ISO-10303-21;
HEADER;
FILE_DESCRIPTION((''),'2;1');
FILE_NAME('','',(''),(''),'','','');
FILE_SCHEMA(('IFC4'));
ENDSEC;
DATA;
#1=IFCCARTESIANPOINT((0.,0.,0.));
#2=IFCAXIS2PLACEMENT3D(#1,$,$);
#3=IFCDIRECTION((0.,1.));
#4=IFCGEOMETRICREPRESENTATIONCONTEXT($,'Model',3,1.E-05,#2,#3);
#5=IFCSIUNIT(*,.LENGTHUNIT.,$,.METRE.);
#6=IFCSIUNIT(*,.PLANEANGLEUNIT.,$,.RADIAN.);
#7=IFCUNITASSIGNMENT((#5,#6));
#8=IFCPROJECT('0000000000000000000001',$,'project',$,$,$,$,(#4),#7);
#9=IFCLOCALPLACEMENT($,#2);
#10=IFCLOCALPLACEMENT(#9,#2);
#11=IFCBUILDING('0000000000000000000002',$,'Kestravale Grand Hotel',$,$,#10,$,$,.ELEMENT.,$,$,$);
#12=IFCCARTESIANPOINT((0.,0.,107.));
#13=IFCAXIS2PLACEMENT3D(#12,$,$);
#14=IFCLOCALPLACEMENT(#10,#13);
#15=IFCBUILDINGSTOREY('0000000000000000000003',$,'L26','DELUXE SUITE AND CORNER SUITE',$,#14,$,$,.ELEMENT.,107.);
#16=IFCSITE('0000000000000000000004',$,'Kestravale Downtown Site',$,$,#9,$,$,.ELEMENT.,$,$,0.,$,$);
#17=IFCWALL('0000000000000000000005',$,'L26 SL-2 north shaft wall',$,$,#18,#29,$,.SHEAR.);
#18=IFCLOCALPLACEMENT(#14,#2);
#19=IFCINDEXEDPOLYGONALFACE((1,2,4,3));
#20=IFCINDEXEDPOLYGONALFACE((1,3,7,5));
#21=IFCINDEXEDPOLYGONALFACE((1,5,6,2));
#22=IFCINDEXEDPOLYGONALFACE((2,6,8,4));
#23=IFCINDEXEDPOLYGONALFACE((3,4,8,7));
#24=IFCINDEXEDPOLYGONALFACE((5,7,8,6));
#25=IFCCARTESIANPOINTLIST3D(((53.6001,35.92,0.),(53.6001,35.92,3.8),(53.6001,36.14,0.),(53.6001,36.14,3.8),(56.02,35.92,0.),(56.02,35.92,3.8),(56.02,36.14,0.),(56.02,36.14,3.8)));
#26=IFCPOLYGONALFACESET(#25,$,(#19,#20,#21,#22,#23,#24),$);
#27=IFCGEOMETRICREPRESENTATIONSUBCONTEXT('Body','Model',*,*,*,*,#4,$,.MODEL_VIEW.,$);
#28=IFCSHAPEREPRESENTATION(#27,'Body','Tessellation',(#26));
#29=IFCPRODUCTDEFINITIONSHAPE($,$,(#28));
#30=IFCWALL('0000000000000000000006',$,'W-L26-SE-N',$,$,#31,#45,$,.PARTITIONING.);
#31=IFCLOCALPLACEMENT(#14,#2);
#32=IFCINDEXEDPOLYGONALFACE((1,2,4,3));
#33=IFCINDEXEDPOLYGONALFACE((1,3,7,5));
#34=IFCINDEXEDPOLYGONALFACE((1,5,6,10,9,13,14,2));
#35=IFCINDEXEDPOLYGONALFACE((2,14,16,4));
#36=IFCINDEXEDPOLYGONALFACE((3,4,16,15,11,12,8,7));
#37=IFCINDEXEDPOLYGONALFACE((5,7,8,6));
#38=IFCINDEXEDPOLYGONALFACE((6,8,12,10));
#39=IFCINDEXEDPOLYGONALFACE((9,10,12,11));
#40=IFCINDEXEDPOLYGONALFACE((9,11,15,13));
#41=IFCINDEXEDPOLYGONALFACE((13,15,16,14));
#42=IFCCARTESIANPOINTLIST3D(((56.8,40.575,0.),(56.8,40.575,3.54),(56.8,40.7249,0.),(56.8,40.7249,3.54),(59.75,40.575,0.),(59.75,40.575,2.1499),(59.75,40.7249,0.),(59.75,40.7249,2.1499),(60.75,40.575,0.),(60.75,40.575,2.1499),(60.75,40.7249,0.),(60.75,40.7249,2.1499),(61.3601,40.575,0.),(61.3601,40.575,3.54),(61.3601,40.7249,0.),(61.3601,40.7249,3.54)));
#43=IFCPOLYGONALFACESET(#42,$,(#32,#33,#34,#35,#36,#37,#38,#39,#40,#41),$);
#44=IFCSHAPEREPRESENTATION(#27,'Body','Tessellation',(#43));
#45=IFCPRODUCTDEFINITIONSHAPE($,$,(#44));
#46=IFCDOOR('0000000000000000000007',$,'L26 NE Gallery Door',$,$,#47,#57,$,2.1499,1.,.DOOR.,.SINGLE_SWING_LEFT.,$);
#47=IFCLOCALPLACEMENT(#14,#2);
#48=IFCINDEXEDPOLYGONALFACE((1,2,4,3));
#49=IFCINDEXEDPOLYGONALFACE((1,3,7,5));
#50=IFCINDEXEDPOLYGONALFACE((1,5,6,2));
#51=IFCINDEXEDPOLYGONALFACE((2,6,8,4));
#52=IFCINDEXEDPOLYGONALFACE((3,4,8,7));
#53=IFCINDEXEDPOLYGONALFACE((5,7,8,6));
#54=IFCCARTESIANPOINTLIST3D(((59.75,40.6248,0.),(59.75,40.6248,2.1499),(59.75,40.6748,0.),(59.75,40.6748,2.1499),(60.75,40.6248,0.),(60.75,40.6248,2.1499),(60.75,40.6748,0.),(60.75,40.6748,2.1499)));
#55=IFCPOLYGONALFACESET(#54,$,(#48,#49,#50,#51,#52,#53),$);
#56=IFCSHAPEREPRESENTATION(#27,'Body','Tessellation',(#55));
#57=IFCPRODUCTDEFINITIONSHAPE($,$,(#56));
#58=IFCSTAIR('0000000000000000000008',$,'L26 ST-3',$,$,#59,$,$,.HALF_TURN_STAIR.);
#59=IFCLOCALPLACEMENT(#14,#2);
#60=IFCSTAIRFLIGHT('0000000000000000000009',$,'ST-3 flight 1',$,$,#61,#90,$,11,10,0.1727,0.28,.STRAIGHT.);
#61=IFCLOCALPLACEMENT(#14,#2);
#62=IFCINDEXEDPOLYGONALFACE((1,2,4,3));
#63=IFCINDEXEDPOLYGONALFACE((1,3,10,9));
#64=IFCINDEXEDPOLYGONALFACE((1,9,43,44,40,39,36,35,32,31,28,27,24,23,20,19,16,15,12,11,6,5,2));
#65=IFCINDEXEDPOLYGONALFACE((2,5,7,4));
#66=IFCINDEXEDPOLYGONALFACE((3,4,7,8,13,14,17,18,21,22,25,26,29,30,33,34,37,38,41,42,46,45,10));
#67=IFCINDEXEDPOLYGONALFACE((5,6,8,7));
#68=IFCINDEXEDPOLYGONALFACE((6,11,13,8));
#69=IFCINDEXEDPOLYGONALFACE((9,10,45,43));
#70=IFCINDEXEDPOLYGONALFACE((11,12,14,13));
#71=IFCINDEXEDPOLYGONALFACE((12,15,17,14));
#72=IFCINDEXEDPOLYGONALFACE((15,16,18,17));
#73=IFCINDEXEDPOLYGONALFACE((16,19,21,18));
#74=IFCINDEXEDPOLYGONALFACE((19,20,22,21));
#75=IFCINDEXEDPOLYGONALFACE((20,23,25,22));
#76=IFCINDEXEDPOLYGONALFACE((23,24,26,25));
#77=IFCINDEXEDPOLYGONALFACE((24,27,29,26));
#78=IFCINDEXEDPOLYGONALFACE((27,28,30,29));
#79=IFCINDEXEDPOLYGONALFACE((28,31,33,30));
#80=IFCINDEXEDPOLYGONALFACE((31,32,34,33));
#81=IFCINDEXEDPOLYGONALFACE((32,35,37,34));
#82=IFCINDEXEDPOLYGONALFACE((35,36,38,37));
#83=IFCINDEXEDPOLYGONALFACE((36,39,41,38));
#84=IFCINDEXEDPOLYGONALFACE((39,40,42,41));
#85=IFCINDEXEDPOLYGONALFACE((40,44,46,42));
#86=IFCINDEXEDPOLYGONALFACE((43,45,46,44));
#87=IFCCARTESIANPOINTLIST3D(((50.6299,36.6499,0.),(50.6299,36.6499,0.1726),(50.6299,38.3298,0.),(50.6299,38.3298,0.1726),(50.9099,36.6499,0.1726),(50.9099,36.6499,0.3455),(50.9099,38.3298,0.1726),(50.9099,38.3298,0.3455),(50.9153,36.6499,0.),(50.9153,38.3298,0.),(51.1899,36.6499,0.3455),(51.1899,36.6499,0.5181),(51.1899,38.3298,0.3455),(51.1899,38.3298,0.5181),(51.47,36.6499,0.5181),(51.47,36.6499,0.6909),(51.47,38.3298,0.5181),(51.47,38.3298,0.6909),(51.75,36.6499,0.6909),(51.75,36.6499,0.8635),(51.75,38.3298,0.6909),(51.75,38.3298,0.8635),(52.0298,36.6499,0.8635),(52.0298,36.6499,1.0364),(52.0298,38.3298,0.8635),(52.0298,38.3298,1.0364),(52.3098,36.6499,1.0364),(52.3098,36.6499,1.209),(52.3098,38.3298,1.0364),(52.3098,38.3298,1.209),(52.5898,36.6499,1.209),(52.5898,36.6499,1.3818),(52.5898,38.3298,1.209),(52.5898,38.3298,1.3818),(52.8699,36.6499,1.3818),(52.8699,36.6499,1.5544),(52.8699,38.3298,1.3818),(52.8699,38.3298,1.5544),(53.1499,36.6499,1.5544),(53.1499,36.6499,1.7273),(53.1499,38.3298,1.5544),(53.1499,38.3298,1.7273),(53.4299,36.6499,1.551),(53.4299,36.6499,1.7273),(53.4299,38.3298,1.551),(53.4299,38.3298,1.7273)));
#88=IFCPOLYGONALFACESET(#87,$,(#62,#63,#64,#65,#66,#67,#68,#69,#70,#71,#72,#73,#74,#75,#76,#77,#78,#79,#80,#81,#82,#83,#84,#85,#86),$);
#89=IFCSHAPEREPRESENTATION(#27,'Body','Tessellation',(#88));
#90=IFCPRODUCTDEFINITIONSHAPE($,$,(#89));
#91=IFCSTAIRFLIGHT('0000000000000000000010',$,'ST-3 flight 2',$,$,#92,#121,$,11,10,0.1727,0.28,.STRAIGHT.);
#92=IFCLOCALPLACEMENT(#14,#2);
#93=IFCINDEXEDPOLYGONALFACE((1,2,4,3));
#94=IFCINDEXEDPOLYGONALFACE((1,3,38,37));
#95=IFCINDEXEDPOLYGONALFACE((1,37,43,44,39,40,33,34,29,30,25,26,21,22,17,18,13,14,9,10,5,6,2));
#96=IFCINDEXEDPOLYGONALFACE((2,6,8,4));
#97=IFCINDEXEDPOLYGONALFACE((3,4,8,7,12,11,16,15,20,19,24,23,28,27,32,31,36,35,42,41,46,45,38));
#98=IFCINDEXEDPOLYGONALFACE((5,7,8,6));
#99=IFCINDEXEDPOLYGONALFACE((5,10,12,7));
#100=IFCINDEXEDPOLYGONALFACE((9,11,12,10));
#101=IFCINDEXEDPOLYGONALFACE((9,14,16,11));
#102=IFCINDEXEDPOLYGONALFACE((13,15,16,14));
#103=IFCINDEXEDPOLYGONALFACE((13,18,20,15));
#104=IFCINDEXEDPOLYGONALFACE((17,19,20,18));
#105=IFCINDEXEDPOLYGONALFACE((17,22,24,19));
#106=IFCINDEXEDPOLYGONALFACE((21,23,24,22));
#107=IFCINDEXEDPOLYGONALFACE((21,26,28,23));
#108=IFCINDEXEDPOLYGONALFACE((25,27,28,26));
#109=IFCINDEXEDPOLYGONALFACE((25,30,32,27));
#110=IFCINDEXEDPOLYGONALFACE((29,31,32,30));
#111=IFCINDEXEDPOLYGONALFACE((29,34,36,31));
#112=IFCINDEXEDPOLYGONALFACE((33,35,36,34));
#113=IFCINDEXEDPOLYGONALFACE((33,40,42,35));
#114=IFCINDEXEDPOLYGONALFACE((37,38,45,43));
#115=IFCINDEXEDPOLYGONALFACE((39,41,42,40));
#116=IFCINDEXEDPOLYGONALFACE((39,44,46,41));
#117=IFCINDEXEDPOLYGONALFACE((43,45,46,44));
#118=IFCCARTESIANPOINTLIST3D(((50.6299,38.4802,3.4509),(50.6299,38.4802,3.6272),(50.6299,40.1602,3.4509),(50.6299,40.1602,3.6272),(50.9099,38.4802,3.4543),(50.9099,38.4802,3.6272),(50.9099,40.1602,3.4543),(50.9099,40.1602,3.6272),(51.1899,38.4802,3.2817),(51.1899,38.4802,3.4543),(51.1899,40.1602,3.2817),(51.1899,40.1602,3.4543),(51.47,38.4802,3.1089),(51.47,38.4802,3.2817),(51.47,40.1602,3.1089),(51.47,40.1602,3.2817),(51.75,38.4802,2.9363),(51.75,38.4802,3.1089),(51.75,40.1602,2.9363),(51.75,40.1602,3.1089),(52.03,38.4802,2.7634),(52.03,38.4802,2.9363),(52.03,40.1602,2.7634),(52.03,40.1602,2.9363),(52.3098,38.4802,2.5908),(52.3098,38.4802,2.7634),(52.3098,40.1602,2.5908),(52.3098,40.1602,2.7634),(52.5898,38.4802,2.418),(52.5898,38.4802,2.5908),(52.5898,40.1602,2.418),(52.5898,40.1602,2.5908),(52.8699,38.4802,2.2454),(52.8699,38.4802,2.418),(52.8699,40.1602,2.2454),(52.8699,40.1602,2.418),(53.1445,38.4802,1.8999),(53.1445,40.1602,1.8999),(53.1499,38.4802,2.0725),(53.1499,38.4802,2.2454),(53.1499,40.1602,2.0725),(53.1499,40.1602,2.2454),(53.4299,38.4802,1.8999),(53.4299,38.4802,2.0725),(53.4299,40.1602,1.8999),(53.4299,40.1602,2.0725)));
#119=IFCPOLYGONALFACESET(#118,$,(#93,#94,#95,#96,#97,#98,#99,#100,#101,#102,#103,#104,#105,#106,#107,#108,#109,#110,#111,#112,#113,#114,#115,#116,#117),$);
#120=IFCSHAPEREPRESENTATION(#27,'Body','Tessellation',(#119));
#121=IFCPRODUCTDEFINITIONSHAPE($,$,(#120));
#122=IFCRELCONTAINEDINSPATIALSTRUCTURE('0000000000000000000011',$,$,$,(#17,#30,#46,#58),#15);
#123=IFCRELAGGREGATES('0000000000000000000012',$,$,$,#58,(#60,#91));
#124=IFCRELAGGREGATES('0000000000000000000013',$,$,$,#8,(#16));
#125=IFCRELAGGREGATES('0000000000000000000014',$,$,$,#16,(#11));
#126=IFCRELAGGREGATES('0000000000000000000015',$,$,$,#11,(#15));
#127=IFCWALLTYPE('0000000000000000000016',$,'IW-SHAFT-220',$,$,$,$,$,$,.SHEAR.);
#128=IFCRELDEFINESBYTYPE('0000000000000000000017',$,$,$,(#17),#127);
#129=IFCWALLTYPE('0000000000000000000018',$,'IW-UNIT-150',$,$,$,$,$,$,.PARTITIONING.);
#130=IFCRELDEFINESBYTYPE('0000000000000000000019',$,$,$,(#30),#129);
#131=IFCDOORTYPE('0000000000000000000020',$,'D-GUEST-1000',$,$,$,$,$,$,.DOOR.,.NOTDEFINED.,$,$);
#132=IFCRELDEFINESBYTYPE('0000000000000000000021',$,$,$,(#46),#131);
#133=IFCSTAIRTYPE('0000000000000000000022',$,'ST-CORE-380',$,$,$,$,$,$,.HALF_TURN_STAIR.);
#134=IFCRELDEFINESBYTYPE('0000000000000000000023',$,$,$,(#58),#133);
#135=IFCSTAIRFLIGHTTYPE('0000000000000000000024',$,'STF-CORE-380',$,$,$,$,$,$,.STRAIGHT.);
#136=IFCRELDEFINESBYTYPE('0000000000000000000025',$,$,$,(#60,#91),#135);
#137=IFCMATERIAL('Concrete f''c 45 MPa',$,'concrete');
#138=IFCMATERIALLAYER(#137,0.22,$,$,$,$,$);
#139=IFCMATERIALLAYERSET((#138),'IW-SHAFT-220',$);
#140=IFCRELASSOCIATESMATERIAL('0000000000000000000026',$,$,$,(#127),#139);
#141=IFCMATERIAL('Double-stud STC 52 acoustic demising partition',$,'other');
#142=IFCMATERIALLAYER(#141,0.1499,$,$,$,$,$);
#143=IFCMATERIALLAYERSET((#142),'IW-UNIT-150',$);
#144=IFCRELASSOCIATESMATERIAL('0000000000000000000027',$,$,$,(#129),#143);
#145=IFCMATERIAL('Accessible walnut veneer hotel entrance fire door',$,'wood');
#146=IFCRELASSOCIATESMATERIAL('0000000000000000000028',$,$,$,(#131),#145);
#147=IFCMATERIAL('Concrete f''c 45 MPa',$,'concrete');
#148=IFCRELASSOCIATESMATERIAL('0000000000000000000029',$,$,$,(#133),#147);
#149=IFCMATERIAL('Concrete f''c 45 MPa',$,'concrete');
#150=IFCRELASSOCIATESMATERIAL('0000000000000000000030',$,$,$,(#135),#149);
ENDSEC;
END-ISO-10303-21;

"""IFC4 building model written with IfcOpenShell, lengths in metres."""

from ifc_helpers import new_model, si_unit, direction, frame, frame_2d, origin, place, context, subcontext, project, spatial, polyline, rectangle, outline, extrude, material, layer, layer_set, type_object, element, fill, aggregate, save


model = new_model("IFC4")

# Units and contexts
model_context = context("Model", 3, precision=1e-05, world=origin(), true_north=direction((0.0, 1.0)))
body_context = subcontext(model_context, "Body", "Model", "MODEL_VIEW")
ifc_project = project(units=[si_unit("LENGTHUNIT", "METRE"), si_unit("PLANEANGLEUNIT", "RADIAN")], contexts=[model_context])

# Site, building, storey
site_placement = place(None, origin())
site = spatial("IfcSite", under=ifc_project, at=site_placement, Name="Kestravale Downtown Site", CompositionType="ELEMENT", RefElevation=0.0)
building_placement = place(site_placement, origin())
building = spatial("IfcBuilding", under=site, at=building_placement, Name="Kestravale Grand Hotel", CompositionType="ELEMENT")
storey_placement = place(building_placement, frame((0.0, 0.0, 107.0)))
storey = spatial("IfcBuildingStorey", under=building, at=storey_placement, Name="L26", Description="DELUXE SUITE AND CORNER SUITE", CompositionType="ELEMENT", Elevation=107.0)

# Shared definitions
ifc_material_1 = material(Name="Concrete f'c 45 MPa", Category="concrete")
ifc_layer_1 = layer(ifc_material_1, 0.22)
ifc_layer_set_1 = layer_set([ifc_layer_1], Name="IW-SHAFT-220")
wall_type_1 = type_object("IfcWallType", Name="IW-SHAFT-220", PredefinedType="SHEAR", material=ifc_layer_set_1)

# Wall
wall_1_placement = place(storey_placement, frame((53.6001, 36.03, 0.0), z_axis=(0.0, 0.0, 1.0), x_axis=(1.0, 0.0, 0.0)))
element("IfcWall", 1, at=wall_1_placement, inside=storey, type_object=wall_type_1, Name="L26 SL-2 north shaft wall", PredefinedType="SHEAR", context=body_context, shape_type="SweptSolid", body=[
    extrude(rectangle(XDim=2.4199, YDim=0.22, at=frame_2d((1.21, 0.0))), origin(), (0.0, 0.0, 1.0), 3.8),
])

# Wall, opening, door
ifc_material_2 = material(Name="Double-stud STC 52 acoustic demising partition", Category="other")
ifc_layer_2 = layer(ifc_material_2, 0.1499)
ifc_layer_set_2 = layer_set([ifc_layer_2], Name="IW-UNIT-150")
wall_type_2 = type_object("IfcWallType", Name="IW-UNIT-150", PredefinedType="PARTITIONING", material=ifc_layer_set_2)
wall_2_placement = place(storey_placement, frame((56.8, 40.6499, 0.0), z_axis=(0.0, 0.0, 1.0), x_axis=(1.0, 0.0, 0.0)))
wall_2 = element("IfcWall", 2, at=wall_2_placement, inside=storey, type_object=wall_type_2, Name="W-L26-SE-N", PredefinedType="PARTITIONING", context=body_context, shape_type="SweptSolid", body=[
    extrude(rectangle(XDim=4.5601, YDim=0.1499, at=frame_2d((2.28, 0.0))), origin(), (0.0, 0.0, 1.0), 3.54),
])
opening_1_placement = place(wall_2_placement, frame((2.95, 0.0, 0.0)))
opening_1 = element("IfcOpeningElement", 3, at=opening_1_placement, cuts=wall_2, PredefinedType="OPENING", context=body_context, shape_type="SweptSolid", body=[
    extrude(rectangle(XDim=1.0, YDim=2.1499, at=frame_2d((0.5, 1.075))), frame((0.0, 0.085, 0.0), z_axis=(0.0, -1.0, 0.0), x_axis=(1.0, 0.0, 0.0)), (0.0, 0.0, 1.0), 0.1699),
])
ifc_material_3 = material(Name="Accessible walnut veneer hotel entrance fire door", Category="wood")
door_type_1 = type_object("IfcDoorType", Name="D-GUEST-1000", OperationType="NOTDEFINED", PredefinedType="DOOR", material=ifc_material_3)
door_1_placement = place(opening_1_placement, origin())
door_1 = element("IfcDoor", 4, at=door_1_placement, inside=storey, type_object=door_type_1, Name="L26 NE Gallery Door", OperationType="SINGLE_SWING_LEFT", OverallHeight=2.1499, OverallWidth=1.0, PredefinedType="DOOR", context=body_context, shape_type="SweptSolid", body=[
    extrude(rectangle(XDim=1.0, YDim=2.1499, at=frame_2d((0.5, 1.075))), frame((0.0, 0.0249, 0.0), z_axis=(0.0, -1.0, 0.0), x_axis=(1.0, 0.0, 0.0)), (0.0, 0.0, 1.0), 0.05),
])
fill(opening_1, door_1)

# Stair, stair flights
ifc_material_4 = material(Name="Concrete f'c 45 MPa", Category="concrete")
stair_type = type_object("IfcStairType", Name="ST-CORE-380", PredefinedType="HALF_TURN_STAIR", material=ifc_material_4)
stair_placement = place(storey_placement, origin())
stair = element("IfcStair", 5, at=stair_placement, inside=storey, type_object=stair_type, Name="L26 ST-3", PredefinedType="HALF_TURN_STAIR")
ifc_material_5 = material(Name="Concrete f'c 45 MPa", Category="concrete")
stair_flight_type = type_object("IfcStairFlightType", Name="STF-CORE-380", PredefinedType="STRAIGHT", material=ifc_material_5)
stair_flight_1_placement = place(storey_placement, frame((50.6299, 37.49, 0.0), z_axis=(0.0, 0.0, 1.0), x_axis=(1.0, 0.0, 0.0)))
stair_flight_1 = element("IfcStairFlight", 6, at=stair_flight_1_placement, type_object=stair_flight_type, Name="ST-3 flight 1", NumberOfRisers=11, NumberOfTreads=10, PredefinedType="STRAIGHT", RiserHeight=0.1727, TreadLength=0.28, context=body_context, shape_type="SweptSolid", body=[
    extrude(outline(polyline([(0.0, 0.0), (0.0, 0.1726), (0.28, 0.1726), (0.28, 0.3455), (0.5601, 0.3455), (0.5601, 0.5181), (0.8401, 0.5181), (0.8401, 0.6909), (1.1201, 0.6909), (1.1201, 0.8635), (1.3999, 0.8635), (1.3999, 1.0364), (1.6799, 1.0364), (1.6799, 1.209), (1.96, 1.209), (1.96, 1.3818), (2.24, 1.3818), (2.24, 1.5544), (2.52, 1.5544), (2.52, 1.7273), (2.8, 1.7273), (2.8, 1.8999), (2.8, 1.551), (0.2854, 0.0), (0.0, 0.0)])), frame((0.0, 0.8398, 0.0), z_axis=(0.0, -1.0, 0.0), x_axis=(1.0, 0.0, 0.0)), (0.0, 0.0, 1.0), 1.6799),
])
stair_flight_2_placement = place(storey_placement, frame((53.4299, 39.3201, 1.8999), z_axis=(0.0, 0.0, 1.0), x_axis=(-1.0, 0.0, 0.0)))
stair_flight_2 = element("IfcStairFlight", 7, at=stair_flight_2_placement, type_object=stair_flight_type, Name="ST-3 flight 2", NumberOfRisers=11, NumberOfTreads=10, PredefinedType="STRAIGHT", RiserHeight=0.1727, TreadLength=0.28, context=body_context, shape_type="SweptSolid", body=[
    extrude(outline(polyline([(0.0, 0.0), (0.0, 0.1726), (0.28, 0.1726), (0.28, 0.3455), (0.5601, 0.3455), (0.5601, 0.5181), (0.8401, 0.5181), (0.8401, 0.6909), (1.1201, 0.6909), (1.1201, 0.8635), (1.3999, 0.8635), (1.3999, 1.0364), (1.6799, 1.0364), (1.6799, 1.209), (1.96, 1.209), (1.96, 1.3818), (2.24, 1.3818), (2.24, 1.5544), (2.52, 1.5544), (2.52, 1.7273), (2.8, 1.7273), (2.8, 1.8999), (2.8, 1.551), (0.2854, 0.0), (0.0, 0.0)])), frame((0.0, 0.8398, 0.0), z_axis=(0.0, -1.0, 0.0), x_axis=(1.0, 0.0, 0.0)), (0.0, 0.0, 1.0), 1.6799),
])
aggregate(stair, [stair_flight_1, stair_flight_2])

save(model, "model.ifc")
